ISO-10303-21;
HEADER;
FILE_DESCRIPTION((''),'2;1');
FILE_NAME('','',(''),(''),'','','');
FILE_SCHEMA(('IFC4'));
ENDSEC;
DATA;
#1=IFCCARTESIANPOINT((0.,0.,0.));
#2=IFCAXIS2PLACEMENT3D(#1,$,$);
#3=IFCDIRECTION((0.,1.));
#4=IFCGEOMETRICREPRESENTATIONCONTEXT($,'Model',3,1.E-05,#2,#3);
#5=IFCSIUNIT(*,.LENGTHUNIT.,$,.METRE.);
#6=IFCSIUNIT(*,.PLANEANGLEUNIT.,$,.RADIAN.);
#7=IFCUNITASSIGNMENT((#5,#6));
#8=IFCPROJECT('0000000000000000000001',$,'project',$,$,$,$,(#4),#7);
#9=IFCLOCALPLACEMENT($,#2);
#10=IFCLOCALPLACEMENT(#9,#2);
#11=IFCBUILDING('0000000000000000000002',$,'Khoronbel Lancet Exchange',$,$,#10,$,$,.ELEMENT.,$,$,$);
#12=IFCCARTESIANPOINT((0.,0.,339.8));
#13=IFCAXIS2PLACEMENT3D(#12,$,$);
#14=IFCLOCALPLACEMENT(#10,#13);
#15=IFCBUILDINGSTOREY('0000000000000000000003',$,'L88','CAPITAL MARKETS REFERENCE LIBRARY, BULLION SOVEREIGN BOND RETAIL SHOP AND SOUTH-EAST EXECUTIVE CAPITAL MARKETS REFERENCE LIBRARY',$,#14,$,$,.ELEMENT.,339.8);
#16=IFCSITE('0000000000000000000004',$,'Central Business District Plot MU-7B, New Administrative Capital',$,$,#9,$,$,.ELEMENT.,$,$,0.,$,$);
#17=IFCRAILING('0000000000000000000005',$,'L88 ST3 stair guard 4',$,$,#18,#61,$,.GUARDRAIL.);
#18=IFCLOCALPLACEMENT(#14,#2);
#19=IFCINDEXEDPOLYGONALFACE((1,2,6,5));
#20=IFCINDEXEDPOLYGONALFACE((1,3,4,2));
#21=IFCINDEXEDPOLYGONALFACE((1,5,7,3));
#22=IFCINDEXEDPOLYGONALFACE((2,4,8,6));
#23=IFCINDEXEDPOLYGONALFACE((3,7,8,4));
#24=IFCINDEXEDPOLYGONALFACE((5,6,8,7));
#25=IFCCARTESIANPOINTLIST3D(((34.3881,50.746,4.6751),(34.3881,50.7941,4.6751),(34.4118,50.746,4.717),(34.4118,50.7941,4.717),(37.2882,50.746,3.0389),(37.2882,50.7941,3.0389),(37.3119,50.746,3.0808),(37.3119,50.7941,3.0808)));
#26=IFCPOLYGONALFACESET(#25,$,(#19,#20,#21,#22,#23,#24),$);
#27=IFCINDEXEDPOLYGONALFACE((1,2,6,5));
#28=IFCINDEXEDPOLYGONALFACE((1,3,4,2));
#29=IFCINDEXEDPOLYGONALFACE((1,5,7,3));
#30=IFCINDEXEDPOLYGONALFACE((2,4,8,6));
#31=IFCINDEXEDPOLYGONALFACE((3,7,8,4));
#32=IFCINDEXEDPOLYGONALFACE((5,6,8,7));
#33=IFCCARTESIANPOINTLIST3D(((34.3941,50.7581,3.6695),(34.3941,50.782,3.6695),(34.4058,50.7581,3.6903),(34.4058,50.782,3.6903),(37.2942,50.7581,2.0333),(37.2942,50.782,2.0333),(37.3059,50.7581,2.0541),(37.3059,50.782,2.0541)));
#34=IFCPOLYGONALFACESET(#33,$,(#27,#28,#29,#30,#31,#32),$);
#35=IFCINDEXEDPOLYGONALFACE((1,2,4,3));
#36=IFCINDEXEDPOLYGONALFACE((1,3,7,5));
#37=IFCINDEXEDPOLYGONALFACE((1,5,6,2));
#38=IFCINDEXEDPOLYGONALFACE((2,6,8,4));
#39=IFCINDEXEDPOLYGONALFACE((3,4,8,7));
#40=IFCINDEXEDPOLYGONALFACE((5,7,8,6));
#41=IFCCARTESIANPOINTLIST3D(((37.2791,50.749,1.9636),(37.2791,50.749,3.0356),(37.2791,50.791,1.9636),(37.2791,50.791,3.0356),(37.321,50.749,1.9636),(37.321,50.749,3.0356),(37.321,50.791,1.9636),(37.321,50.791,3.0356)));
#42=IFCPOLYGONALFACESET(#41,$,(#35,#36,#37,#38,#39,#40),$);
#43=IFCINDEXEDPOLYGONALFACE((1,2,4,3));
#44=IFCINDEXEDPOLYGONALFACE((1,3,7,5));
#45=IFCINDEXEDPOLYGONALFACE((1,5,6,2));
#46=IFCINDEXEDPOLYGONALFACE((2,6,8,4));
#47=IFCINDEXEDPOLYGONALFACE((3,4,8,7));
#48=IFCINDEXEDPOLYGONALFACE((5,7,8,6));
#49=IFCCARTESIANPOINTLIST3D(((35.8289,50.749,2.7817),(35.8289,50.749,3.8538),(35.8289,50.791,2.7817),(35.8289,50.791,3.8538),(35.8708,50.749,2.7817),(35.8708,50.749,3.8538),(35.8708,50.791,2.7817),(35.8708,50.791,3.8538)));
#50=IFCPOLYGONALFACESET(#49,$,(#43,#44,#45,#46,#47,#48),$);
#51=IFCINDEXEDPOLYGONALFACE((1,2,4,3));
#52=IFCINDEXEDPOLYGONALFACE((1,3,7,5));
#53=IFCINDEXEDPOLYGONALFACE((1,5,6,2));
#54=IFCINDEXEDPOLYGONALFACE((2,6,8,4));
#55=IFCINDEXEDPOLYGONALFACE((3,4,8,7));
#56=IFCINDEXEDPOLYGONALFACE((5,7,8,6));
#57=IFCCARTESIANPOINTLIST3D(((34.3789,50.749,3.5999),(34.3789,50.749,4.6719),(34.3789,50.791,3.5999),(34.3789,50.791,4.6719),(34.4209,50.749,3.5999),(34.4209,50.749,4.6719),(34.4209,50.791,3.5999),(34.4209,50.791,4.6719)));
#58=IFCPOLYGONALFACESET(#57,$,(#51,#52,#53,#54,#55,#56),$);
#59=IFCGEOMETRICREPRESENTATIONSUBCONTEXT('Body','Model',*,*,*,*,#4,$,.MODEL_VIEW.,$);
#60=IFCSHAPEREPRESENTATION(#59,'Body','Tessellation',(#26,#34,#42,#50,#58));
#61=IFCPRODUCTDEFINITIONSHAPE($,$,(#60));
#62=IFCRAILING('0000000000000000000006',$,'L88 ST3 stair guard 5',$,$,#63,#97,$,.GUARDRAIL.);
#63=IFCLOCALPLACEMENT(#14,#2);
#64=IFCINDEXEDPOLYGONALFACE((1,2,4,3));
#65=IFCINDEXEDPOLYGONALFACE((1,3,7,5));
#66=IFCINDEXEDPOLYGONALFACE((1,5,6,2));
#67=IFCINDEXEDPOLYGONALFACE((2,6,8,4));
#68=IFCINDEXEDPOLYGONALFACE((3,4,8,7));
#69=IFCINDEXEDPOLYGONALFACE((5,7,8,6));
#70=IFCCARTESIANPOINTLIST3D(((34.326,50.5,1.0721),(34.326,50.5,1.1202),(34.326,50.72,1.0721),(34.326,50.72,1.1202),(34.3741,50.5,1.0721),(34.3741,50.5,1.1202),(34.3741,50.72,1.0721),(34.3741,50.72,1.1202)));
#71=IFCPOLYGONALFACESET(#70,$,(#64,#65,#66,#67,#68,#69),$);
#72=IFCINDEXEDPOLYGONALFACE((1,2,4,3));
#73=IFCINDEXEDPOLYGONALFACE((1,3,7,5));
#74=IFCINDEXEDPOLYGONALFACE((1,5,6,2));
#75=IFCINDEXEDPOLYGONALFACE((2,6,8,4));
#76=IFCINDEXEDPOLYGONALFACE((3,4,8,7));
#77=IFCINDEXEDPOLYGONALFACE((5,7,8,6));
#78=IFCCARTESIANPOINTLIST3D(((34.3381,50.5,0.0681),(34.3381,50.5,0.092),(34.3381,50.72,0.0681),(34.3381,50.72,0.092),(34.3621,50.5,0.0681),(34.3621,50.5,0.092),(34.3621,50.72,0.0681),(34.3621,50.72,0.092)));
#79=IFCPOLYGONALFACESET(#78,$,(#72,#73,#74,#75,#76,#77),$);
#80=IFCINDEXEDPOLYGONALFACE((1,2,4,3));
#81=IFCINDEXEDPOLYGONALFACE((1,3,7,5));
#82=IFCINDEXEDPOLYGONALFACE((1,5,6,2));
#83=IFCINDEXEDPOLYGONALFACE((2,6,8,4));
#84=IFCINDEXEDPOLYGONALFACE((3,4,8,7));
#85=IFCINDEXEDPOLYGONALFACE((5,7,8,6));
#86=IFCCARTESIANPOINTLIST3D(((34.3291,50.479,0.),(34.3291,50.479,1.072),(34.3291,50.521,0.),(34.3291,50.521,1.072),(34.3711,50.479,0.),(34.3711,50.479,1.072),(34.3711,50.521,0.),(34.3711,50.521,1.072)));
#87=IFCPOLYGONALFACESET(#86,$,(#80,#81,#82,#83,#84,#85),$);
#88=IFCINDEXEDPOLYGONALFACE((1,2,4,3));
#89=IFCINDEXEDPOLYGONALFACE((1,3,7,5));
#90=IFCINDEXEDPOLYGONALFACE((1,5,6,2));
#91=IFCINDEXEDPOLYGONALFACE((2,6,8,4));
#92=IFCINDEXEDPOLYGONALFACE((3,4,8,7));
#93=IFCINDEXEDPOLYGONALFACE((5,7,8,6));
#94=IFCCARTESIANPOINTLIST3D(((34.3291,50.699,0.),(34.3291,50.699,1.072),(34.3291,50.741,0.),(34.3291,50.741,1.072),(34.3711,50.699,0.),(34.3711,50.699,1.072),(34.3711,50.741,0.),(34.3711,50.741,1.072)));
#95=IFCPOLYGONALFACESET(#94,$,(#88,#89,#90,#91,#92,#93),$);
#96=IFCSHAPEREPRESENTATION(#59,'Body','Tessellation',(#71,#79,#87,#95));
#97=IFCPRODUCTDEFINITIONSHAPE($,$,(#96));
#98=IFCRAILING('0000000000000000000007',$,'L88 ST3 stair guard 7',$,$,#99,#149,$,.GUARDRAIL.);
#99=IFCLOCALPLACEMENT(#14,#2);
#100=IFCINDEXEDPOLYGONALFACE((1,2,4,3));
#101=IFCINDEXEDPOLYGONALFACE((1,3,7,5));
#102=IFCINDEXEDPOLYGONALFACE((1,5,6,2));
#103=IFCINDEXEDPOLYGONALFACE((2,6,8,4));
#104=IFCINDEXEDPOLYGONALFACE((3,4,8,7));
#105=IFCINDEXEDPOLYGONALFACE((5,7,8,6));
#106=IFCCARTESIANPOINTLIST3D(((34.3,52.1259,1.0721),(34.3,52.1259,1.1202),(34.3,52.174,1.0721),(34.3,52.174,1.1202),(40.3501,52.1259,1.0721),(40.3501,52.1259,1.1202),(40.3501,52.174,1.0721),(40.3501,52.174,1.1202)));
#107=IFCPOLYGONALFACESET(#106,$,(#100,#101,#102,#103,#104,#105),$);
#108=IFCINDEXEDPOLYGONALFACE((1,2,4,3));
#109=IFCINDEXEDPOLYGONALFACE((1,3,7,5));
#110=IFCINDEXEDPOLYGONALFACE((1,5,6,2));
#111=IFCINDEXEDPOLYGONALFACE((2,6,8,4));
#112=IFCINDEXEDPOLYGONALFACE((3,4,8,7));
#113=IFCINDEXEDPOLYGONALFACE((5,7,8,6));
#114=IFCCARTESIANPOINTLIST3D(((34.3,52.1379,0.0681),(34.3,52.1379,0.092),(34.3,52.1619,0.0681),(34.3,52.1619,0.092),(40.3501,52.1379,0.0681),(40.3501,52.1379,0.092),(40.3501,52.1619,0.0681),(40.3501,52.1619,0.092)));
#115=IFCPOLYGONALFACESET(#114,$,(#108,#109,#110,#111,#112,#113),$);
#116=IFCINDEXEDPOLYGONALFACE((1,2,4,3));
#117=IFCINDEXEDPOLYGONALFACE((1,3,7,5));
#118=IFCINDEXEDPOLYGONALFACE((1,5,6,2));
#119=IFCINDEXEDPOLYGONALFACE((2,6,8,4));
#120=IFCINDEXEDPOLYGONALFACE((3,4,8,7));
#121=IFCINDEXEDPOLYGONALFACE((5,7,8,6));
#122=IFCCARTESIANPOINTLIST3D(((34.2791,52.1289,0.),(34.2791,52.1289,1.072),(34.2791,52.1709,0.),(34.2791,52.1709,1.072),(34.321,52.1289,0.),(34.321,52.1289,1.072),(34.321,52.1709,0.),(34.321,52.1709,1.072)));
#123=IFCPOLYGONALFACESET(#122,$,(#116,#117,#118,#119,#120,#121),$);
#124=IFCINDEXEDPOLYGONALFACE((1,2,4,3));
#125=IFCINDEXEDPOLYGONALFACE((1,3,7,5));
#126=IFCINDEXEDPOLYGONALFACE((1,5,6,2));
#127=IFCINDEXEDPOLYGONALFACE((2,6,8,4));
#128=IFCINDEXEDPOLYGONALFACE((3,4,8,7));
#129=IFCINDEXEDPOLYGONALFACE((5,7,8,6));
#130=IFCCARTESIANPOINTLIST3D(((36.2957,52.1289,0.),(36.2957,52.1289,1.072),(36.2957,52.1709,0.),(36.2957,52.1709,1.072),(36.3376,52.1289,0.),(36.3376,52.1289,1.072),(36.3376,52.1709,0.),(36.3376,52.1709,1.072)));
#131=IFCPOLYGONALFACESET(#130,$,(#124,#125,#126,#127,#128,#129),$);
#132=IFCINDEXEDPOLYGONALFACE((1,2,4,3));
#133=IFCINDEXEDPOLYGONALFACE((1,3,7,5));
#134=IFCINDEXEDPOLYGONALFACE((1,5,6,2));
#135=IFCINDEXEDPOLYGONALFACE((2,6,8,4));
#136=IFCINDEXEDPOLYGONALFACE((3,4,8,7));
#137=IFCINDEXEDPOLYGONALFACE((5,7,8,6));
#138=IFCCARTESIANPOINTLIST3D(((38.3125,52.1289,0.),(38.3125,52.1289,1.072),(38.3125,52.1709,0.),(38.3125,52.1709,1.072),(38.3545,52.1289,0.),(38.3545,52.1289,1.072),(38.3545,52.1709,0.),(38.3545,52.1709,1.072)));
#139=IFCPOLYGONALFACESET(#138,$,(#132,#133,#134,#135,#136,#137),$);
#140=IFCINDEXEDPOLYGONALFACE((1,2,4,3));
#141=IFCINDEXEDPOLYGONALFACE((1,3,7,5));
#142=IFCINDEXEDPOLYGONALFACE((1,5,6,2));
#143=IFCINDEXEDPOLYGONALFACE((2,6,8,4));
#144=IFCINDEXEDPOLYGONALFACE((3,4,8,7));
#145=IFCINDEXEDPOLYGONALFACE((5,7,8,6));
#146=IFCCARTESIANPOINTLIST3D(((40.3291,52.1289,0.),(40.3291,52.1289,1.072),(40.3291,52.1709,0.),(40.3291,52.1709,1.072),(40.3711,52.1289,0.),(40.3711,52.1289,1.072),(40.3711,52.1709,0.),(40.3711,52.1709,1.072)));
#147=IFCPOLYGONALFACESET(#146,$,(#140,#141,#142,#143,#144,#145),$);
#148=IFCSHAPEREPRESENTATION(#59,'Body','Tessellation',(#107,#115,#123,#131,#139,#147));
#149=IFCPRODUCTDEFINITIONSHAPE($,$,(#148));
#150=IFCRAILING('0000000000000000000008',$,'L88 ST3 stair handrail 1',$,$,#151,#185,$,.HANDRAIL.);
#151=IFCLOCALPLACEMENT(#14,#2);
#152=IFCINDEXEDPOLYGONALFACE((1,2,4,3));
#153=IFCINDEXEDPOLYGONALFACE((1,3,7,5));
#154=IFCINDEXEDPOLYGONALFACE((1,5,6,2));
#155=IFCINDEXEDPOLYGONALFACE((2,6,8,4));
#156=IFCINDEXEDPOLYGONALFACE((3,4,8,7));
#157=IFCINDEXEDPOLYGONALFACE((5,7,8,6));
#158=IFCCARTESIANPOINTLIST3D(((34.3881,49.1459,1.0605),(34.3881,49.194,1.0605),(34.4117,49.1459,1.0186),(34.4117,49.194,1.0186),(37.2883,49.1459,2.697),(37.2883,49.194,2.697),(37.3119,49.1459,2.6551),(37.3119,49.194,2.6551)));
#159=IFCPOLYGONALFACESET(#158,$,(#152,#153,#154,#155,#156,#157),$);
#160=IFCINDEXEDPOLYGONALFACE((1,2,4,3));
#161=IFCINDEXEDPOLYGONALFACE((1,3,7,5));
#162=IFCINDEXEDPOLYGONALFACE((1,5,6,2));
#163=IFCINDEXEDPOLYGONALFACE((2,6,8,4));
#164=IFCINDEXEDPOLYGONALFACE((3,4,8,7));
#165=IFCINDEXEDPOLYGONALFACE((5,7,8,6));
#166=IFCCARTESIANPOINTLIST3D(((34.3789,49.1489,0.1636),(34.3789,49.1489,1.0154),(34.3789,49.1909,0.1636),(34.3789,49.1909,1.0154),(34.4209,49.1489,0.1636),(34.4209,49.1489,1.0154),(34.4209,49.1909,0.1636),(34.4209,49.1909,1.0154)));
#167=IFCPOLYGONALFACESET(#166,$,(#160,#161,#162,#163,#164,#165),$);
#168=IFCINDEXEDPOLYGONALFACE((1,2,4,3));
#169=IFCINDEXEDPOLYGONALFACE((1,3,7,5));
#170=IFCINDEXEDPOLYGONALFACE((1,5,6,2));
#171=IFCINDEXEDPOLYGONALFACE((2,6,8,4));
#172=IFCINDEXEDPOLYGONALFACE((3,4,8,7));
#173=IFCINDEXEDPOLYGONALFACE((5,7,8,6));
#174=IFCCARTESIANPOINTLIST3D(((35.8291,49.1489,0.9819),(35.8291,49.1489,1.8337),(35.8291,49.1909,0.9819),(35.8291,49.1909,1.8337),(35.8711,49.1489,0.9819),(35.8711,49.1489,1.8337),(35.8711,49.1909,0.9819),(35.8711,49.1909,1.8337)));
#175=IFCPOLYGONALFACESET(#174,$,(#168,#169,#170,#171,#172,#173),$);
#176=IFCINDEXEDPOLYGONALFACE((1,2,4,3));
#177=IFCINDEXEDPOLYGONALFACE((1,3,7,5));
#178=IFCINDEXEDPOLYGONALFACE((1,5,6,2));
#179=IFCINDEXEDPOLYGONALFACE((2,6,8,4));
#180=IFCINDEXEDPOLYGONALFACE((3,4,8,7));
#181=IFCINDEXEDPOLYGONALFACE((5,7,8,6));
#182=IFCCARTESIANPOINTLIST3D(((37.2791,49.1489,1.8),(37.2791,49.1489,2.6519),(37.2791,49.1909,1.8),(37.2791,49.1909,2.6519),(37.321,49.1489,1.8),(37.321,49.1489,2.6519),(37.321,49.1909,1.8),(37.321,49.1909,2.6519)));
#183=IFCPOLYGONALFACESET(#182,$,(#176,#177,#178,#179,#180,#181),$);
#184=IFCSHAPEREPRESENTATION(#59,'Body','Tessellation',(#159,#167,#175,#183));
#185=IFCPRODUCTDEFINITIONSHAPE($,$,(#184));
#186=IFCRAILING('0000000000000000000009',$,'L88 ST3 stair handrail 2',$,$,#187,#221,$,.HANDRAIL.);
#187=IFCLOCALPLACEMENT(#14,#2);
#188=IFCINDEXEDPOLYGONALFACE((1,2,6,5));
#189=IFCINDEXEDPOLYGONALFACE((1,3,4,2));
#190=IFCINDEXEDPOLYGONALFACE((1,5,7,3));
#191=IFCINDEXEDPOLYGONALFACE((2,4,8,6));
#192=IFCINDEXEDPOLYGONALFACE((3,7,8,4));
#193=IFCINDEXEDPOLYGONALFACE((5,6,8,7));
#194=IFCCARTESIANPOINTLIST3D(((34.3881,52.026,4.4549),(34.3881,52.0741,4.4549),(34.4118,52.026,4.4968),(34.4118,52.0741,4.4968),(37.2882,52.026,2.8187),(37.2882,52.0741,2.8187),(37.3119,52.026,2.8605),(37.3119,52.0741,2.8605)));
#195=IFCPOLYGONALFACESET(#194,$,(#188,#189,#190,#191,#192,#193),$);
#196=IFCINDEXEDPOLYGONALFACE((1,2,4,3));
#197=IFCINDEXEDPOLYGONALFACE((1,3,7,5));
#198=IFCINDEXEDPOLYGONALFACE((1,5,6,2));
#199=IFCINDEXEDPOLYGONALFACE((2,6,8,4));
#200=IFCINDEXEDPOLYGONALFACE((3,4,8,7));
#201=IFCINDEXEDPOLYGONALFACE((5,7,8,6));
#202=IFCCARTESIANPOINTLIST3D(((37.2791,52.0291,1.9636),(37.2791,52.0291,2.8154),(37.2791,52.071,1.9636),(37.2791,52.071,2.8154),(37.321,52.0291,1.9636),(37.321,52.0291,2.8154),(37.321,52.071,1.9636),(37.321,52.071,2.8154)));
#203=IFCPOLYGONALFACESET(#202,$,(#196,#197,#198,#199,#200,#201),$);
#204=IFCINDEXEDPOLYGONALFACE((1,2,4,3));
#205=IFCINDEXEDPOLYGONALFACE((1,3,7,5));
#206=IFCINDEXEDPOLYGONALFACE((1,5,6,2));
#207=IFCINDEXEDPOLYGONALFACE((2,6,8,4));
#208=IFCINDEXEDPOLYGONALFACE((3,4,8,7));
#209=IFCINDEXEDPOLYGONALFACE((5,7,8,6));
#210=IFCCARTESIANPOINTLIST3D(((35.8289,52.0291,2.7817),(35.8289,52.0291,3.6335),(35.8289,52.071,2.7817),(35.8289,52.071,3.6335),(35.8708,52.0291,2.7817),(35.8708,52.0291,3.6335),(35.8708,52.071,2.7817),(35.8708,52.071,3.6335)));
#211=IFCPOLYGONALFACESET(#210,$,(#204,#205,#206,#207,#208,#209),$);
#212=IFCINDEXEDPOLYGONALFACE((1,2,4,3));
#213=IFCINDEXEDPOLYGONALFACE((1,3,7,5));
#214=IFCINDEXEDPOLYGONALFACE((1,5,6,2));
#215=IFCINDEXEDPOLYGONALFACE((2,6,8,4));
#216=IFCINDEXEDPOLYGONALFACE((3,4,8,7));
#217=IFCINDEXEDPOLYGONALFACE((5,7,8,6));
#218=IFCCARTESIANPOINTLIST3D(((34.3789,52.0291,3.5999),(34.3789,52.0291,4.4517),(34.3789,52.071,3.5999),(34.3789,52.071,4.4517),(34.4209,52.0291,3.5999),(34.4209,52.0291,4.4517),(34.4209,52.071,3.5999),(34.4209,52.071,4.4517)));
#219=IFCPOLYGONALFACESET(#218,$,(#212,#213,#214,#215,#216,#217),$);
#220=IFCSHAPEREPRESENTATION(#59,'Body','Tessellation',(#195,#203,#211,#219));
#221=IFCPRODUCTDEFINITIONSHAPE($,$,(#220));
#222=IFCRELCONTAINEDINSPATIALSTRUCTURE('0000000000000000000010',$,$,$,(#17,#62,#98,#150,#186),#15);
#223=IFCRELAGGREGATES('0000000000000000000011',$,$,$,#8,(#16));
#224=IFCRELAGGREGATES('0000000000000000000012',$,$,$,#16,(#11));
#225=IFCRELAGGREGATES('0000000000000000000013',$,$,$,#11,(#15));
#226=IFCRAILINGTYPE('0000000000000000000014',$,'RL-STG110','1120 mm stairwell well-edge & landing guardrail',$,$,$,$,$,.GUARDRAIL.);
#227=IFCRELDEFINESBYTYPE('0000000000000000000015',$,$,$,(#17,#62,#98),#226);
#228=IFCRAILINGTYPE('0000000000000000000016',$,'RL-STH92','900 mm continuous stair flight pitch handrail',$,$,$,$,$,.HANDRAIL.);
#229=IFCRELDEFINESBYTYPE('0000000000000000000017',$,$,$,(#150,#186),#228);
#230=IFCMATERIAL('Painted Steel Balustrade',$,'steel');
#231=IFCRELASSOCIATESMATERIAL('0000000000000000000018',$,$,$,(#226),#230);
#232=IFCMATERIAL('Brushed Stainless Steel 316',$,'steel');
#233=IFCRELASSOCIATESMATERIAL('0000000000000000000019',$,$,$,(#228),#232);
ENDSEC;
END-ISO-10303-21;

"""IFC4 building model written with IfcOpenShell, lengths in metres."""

from ifc_helpers import new_model, si_unit, direction, frame, origin, origin_2d, place, context, subcontext, project, spatial, rectangle, extrude, material, type_object, element, save


model = new_model("IFC4")

# Units and contexts
model_context = context("Model", 3, precision=1e-05, world=origin(), true_north=direction((0.0, 1.0)))
body_context = subcontext(model_context, "Body", "Model", "MODEL_VIEW")
ifc_project = project(units=[si_unit("LENGTHUNIT", "METRE"), si_unit("PLANEANGLEUNIT", "RADIAN")], contexts=[model_context])

# Site, building, storey
site_placement = place(None, origin())
site = spatial("IfcSite", under=ifc_project, at=site_placement, Name="Central Business District Plot MU-7B, New Administrative Capital", CompositionType="ELEMENT", RefElevation=0.0)
building_placement = place(site_placement, origin())
building = spatial("IfcBuilding", under=site, at=building_placement, Name="Khoronbel Lancet Exchange", CompositionType="ELEMENT")
storey_placement = place(building_placement, frame((0.0, 0.0, 339.8)))
storey = spatial("IfcBuildingStorey", under=building, at=storey_placement, Name="L88", Description="CAPITAL MARKETS REFERENCE LIBRARY, BULLION SOVEREIGN BOND RETAIL SHOP AND SOUTH-EAST EXECUTIVE CAPITAL MARKETS REFERENCE LIBRARY", CompositionType="ELEMENT", Elevation=339.8)

# Railings
ifc_material_1 = material(Name="Painted Steel Balustrade", Category="steel")
railing_type_1 = type_object("IfcRailingType", Name="RL-STG110", Description="1120 mm stairwell well-edge & landing guardrail", PredefinedType="GUARDRAIL", material=ifc_material_1)
railing_1_placement = place(storey_placement, frame((37.3, 50.77, 1.9636)))
element("IfcRailing", 1, at=railing_1_placement, inside=storey, type_object=railing_type_1, Name="L88 ST3 stair guard 4", PredefinedType="GUARDRAIL", context=body_context, shape_type="SweptSolid", body=[
    extrude(rectangle(XDim=0.0481, YDim=0.0481, at=origin_2d()), frame((0.0, 0.0, 1.0962), z_axis=(-0.870946, 0.0, 0.491378), x_axis=(0.0, -1.0, 0.0)), (0.0, 0.0, 1.0), 3.3298),
    extrude(rectangle(XDim=0.0239, YDim=0.0239, at=origin_2d()), frame((0.0, 0.0, 0.0801), z_axis=(-0.870946, 0.0, 0.491378), x_axis=(0.0, -1.0, 0.0)), (0.0, 0.0, 1.0), 3.3298),
    extrude(rectangle(XDim=0.042, YDim=0.042, at=origin_2d()), origin(), (0.0, 0.0, 1.0), 1.072),
    extrude(rectangle(XDim=0.042, YDim=0.042, at=origin_2d()), frame((-1.4502, 0.0, 0.8181)), (0.0, 0.0, 1.0), 1.072),
    extrude(rectangle(XDim=0.042, YDim=0.042, at=origin_2d()), frame((-2.9001, 0.0, 1.6362)), (0.0, 0.0, 1.0), 1.072),
])
railing_2_placement = place(storey_placement, frame((34.3501, 50.5, 0.0)))
element("IfcRailing", 2, at=railing_2_placement, inside=storey, type_object=railing_type_1, Name="L88 ST3 stair guard 5", PredefinedType="GUARDRAIL", context=body_context, shape_type="SweptSolid", body=[
    extrude(rectangle(XDim=0.0481, YDim=0.0481, at=origin_2d()), frame((0.0, 0.0, 1.0962), z_axis=(0.0, 1.0, 0.0), x_axis=(-1.0, 0.0, 0.0)), (0.0, 0.0, 1.0), 0.22),
    extrude(rectangle(XDim=0.0239, YDim=0.0239, at=origin_2d()), frame((0.0, 0.0, 0.0801), z_axis=(0.0, 1.0, 0.0), x_axis=(-1.0, 0.0, 0.0)), (0.0, 0.0, 1.0), 0.22),
    extrude(rectangle(XDim=0.042, YDim=0.042, at=origin_2d()), origin(), (0.0, 0.0, 1.0), 1.072),
    extrude(rectangle(XDim=0.042, YDim=0.042, at=origin_2d()), frame((0.0, 0.22, 0.0)), (0.0, 0.0, 1.0), 1.072),
])
railing_3_placement = place(storey_placement, frame((34.3, 52.1499, 0.0)))
element("IfcRailing", 3, at=railing_3_placement, inside=storey, type_object=railing_type_1, Name="L88 ST3 stair guard 7", PredefinedType="GUARDRAIL", context=body_context, shape_type="SweptSolid", body=[
    extrude(rectangle(XDim=0.0481, YDim=0.0481, at=origin_2d()), frame((0.0, 0.0, 1.0962), z_axis=(1.0, 0.0, 0.0), x_axis=(0.0, 1.0, 0.0)), (0.0, 0.0, 1.0), 6.05),
    extrude(rectangle(XDim=0.0239, YDim=0.0239, at=origin_2d()), frame((0.0, 0.0, 0.0801), z_axis=(1.0, 0.0, 0.0), x_axis=(0.0, 1.0, 0.0)), (0.0, 0.0, 1.0), 6.05),
    extrude(rectangle(XDim=0.042, YDim=0.042, at=origin_2d()), origin(), (0.0, 0.0, 1.0), 1.072),
    extrude(rectangle(XDim=0.042, YDim=0.042, at=origin_2d()), frame((2.0166, 0.0, 0.0)), (0.0, 0.0, 1.0), 1.072),
    extrude(rectangle(XDim=0.042, YDim=0.042, at=origin_2d()), frame((4.0334, 0.0, 0.0)), (0.0, 0.0, 1.0), 1.072),
    extrude(rectangle(XDim=0.042, YDim=0.042, at=origin_2d()), frame((6.05, 0.0, 0.0)), (0.0, 0.0, 1.0), 1.072),
])
ifc_material_2 = material(Name="Brushed Stainless Steel 316", Category="steel")
railing_type_2 = type_object("IfcRailingType", Name="RL-STH92", Description="900 mm continuous stair flight pitch handrail", PredefinedType="HANDRAIL", material=ifc_material_2)
railing_4_placement = place(storey_placement, frame((34.3999, 49.1699, 0.1636)))
element("IfcRailing", 4, at=railing_4_placement, inside=storey, type_object=railing_type_2, Name="L88 ST3 stair handrail 1", PredefinedType="HANDRAIL", context=body_context, shape_type="SweptSolid", body=[
    extrude(rectangle(XDim=0.0481, YDim=0.0481, at=origin_2d()), frame((0.0, 0.0, 0.876), z_axis=(0.870915, 0.0, 0.491434), x_axis=(0.0, 1.0, 0.0)), (0.0, 0.0, 1.0), 3.3301),
    extrude(rectangle(XDim=0.042, YDim=0.042, at=origin_2d()), origin(), (0.0, 0.0, 1.0), 0.8518),
    extrude(rectangle(XDim=0.042, YDim=0.042, at=origin_2d()), frame((1.4502, 0.0, 0.8184)), (0.0, 0.0, 1.0), 0.8518),
    extrude(rectangle(XDim=0.042, YDim=0.042, at=origin_2d()), frame((2.9001, 0.0, 1.6365)), (0.0, 0.0, 1.0), 0.8518),
])
railing_5_placement = place(storey_placement, frame((37.3, 52.05, 1.9636)))
element("IfcRailing", 5, at=railing_5_placement, inside=storey, type_object=railing_type_2, Name="L88 ST3 stair handrail 2", PredefinedType="HANDRAIL", context=body_context, shape_type="SweptSolid", body=[
    extrude(rectangle(XDim=0.0481, YDim=0.0481, at=origin_2d()), frame((0.0, 0.0, 0.876), z_axis=(-0.870946, 0.0, 0.491378), x_axis=(0.0, -1.0, 0.0)), (0.0, 0.0, 1.0), 3.3298),
    extrude(rectangle(XDim=0.042, YDim=0.042, at=origin_2d()), origin(), (0.0, 0.0, 1.0), 0.8518),
    extrude(rectangle(XDim=0.042, YDim=0.042, at=origin_2d()), frame((-1.4502, 0.0, 0.8181)), (0.0, 0.0, 1.0), 0.8518),
    extrude(rectangle(XDim=0.042, YDim=0.042, at=origin_2d()), frame((-2.9001, 0.0, 1.6362)), (0.0, 0.0, 1.0), 0.8518),
])

save(model, "model.ifc")
